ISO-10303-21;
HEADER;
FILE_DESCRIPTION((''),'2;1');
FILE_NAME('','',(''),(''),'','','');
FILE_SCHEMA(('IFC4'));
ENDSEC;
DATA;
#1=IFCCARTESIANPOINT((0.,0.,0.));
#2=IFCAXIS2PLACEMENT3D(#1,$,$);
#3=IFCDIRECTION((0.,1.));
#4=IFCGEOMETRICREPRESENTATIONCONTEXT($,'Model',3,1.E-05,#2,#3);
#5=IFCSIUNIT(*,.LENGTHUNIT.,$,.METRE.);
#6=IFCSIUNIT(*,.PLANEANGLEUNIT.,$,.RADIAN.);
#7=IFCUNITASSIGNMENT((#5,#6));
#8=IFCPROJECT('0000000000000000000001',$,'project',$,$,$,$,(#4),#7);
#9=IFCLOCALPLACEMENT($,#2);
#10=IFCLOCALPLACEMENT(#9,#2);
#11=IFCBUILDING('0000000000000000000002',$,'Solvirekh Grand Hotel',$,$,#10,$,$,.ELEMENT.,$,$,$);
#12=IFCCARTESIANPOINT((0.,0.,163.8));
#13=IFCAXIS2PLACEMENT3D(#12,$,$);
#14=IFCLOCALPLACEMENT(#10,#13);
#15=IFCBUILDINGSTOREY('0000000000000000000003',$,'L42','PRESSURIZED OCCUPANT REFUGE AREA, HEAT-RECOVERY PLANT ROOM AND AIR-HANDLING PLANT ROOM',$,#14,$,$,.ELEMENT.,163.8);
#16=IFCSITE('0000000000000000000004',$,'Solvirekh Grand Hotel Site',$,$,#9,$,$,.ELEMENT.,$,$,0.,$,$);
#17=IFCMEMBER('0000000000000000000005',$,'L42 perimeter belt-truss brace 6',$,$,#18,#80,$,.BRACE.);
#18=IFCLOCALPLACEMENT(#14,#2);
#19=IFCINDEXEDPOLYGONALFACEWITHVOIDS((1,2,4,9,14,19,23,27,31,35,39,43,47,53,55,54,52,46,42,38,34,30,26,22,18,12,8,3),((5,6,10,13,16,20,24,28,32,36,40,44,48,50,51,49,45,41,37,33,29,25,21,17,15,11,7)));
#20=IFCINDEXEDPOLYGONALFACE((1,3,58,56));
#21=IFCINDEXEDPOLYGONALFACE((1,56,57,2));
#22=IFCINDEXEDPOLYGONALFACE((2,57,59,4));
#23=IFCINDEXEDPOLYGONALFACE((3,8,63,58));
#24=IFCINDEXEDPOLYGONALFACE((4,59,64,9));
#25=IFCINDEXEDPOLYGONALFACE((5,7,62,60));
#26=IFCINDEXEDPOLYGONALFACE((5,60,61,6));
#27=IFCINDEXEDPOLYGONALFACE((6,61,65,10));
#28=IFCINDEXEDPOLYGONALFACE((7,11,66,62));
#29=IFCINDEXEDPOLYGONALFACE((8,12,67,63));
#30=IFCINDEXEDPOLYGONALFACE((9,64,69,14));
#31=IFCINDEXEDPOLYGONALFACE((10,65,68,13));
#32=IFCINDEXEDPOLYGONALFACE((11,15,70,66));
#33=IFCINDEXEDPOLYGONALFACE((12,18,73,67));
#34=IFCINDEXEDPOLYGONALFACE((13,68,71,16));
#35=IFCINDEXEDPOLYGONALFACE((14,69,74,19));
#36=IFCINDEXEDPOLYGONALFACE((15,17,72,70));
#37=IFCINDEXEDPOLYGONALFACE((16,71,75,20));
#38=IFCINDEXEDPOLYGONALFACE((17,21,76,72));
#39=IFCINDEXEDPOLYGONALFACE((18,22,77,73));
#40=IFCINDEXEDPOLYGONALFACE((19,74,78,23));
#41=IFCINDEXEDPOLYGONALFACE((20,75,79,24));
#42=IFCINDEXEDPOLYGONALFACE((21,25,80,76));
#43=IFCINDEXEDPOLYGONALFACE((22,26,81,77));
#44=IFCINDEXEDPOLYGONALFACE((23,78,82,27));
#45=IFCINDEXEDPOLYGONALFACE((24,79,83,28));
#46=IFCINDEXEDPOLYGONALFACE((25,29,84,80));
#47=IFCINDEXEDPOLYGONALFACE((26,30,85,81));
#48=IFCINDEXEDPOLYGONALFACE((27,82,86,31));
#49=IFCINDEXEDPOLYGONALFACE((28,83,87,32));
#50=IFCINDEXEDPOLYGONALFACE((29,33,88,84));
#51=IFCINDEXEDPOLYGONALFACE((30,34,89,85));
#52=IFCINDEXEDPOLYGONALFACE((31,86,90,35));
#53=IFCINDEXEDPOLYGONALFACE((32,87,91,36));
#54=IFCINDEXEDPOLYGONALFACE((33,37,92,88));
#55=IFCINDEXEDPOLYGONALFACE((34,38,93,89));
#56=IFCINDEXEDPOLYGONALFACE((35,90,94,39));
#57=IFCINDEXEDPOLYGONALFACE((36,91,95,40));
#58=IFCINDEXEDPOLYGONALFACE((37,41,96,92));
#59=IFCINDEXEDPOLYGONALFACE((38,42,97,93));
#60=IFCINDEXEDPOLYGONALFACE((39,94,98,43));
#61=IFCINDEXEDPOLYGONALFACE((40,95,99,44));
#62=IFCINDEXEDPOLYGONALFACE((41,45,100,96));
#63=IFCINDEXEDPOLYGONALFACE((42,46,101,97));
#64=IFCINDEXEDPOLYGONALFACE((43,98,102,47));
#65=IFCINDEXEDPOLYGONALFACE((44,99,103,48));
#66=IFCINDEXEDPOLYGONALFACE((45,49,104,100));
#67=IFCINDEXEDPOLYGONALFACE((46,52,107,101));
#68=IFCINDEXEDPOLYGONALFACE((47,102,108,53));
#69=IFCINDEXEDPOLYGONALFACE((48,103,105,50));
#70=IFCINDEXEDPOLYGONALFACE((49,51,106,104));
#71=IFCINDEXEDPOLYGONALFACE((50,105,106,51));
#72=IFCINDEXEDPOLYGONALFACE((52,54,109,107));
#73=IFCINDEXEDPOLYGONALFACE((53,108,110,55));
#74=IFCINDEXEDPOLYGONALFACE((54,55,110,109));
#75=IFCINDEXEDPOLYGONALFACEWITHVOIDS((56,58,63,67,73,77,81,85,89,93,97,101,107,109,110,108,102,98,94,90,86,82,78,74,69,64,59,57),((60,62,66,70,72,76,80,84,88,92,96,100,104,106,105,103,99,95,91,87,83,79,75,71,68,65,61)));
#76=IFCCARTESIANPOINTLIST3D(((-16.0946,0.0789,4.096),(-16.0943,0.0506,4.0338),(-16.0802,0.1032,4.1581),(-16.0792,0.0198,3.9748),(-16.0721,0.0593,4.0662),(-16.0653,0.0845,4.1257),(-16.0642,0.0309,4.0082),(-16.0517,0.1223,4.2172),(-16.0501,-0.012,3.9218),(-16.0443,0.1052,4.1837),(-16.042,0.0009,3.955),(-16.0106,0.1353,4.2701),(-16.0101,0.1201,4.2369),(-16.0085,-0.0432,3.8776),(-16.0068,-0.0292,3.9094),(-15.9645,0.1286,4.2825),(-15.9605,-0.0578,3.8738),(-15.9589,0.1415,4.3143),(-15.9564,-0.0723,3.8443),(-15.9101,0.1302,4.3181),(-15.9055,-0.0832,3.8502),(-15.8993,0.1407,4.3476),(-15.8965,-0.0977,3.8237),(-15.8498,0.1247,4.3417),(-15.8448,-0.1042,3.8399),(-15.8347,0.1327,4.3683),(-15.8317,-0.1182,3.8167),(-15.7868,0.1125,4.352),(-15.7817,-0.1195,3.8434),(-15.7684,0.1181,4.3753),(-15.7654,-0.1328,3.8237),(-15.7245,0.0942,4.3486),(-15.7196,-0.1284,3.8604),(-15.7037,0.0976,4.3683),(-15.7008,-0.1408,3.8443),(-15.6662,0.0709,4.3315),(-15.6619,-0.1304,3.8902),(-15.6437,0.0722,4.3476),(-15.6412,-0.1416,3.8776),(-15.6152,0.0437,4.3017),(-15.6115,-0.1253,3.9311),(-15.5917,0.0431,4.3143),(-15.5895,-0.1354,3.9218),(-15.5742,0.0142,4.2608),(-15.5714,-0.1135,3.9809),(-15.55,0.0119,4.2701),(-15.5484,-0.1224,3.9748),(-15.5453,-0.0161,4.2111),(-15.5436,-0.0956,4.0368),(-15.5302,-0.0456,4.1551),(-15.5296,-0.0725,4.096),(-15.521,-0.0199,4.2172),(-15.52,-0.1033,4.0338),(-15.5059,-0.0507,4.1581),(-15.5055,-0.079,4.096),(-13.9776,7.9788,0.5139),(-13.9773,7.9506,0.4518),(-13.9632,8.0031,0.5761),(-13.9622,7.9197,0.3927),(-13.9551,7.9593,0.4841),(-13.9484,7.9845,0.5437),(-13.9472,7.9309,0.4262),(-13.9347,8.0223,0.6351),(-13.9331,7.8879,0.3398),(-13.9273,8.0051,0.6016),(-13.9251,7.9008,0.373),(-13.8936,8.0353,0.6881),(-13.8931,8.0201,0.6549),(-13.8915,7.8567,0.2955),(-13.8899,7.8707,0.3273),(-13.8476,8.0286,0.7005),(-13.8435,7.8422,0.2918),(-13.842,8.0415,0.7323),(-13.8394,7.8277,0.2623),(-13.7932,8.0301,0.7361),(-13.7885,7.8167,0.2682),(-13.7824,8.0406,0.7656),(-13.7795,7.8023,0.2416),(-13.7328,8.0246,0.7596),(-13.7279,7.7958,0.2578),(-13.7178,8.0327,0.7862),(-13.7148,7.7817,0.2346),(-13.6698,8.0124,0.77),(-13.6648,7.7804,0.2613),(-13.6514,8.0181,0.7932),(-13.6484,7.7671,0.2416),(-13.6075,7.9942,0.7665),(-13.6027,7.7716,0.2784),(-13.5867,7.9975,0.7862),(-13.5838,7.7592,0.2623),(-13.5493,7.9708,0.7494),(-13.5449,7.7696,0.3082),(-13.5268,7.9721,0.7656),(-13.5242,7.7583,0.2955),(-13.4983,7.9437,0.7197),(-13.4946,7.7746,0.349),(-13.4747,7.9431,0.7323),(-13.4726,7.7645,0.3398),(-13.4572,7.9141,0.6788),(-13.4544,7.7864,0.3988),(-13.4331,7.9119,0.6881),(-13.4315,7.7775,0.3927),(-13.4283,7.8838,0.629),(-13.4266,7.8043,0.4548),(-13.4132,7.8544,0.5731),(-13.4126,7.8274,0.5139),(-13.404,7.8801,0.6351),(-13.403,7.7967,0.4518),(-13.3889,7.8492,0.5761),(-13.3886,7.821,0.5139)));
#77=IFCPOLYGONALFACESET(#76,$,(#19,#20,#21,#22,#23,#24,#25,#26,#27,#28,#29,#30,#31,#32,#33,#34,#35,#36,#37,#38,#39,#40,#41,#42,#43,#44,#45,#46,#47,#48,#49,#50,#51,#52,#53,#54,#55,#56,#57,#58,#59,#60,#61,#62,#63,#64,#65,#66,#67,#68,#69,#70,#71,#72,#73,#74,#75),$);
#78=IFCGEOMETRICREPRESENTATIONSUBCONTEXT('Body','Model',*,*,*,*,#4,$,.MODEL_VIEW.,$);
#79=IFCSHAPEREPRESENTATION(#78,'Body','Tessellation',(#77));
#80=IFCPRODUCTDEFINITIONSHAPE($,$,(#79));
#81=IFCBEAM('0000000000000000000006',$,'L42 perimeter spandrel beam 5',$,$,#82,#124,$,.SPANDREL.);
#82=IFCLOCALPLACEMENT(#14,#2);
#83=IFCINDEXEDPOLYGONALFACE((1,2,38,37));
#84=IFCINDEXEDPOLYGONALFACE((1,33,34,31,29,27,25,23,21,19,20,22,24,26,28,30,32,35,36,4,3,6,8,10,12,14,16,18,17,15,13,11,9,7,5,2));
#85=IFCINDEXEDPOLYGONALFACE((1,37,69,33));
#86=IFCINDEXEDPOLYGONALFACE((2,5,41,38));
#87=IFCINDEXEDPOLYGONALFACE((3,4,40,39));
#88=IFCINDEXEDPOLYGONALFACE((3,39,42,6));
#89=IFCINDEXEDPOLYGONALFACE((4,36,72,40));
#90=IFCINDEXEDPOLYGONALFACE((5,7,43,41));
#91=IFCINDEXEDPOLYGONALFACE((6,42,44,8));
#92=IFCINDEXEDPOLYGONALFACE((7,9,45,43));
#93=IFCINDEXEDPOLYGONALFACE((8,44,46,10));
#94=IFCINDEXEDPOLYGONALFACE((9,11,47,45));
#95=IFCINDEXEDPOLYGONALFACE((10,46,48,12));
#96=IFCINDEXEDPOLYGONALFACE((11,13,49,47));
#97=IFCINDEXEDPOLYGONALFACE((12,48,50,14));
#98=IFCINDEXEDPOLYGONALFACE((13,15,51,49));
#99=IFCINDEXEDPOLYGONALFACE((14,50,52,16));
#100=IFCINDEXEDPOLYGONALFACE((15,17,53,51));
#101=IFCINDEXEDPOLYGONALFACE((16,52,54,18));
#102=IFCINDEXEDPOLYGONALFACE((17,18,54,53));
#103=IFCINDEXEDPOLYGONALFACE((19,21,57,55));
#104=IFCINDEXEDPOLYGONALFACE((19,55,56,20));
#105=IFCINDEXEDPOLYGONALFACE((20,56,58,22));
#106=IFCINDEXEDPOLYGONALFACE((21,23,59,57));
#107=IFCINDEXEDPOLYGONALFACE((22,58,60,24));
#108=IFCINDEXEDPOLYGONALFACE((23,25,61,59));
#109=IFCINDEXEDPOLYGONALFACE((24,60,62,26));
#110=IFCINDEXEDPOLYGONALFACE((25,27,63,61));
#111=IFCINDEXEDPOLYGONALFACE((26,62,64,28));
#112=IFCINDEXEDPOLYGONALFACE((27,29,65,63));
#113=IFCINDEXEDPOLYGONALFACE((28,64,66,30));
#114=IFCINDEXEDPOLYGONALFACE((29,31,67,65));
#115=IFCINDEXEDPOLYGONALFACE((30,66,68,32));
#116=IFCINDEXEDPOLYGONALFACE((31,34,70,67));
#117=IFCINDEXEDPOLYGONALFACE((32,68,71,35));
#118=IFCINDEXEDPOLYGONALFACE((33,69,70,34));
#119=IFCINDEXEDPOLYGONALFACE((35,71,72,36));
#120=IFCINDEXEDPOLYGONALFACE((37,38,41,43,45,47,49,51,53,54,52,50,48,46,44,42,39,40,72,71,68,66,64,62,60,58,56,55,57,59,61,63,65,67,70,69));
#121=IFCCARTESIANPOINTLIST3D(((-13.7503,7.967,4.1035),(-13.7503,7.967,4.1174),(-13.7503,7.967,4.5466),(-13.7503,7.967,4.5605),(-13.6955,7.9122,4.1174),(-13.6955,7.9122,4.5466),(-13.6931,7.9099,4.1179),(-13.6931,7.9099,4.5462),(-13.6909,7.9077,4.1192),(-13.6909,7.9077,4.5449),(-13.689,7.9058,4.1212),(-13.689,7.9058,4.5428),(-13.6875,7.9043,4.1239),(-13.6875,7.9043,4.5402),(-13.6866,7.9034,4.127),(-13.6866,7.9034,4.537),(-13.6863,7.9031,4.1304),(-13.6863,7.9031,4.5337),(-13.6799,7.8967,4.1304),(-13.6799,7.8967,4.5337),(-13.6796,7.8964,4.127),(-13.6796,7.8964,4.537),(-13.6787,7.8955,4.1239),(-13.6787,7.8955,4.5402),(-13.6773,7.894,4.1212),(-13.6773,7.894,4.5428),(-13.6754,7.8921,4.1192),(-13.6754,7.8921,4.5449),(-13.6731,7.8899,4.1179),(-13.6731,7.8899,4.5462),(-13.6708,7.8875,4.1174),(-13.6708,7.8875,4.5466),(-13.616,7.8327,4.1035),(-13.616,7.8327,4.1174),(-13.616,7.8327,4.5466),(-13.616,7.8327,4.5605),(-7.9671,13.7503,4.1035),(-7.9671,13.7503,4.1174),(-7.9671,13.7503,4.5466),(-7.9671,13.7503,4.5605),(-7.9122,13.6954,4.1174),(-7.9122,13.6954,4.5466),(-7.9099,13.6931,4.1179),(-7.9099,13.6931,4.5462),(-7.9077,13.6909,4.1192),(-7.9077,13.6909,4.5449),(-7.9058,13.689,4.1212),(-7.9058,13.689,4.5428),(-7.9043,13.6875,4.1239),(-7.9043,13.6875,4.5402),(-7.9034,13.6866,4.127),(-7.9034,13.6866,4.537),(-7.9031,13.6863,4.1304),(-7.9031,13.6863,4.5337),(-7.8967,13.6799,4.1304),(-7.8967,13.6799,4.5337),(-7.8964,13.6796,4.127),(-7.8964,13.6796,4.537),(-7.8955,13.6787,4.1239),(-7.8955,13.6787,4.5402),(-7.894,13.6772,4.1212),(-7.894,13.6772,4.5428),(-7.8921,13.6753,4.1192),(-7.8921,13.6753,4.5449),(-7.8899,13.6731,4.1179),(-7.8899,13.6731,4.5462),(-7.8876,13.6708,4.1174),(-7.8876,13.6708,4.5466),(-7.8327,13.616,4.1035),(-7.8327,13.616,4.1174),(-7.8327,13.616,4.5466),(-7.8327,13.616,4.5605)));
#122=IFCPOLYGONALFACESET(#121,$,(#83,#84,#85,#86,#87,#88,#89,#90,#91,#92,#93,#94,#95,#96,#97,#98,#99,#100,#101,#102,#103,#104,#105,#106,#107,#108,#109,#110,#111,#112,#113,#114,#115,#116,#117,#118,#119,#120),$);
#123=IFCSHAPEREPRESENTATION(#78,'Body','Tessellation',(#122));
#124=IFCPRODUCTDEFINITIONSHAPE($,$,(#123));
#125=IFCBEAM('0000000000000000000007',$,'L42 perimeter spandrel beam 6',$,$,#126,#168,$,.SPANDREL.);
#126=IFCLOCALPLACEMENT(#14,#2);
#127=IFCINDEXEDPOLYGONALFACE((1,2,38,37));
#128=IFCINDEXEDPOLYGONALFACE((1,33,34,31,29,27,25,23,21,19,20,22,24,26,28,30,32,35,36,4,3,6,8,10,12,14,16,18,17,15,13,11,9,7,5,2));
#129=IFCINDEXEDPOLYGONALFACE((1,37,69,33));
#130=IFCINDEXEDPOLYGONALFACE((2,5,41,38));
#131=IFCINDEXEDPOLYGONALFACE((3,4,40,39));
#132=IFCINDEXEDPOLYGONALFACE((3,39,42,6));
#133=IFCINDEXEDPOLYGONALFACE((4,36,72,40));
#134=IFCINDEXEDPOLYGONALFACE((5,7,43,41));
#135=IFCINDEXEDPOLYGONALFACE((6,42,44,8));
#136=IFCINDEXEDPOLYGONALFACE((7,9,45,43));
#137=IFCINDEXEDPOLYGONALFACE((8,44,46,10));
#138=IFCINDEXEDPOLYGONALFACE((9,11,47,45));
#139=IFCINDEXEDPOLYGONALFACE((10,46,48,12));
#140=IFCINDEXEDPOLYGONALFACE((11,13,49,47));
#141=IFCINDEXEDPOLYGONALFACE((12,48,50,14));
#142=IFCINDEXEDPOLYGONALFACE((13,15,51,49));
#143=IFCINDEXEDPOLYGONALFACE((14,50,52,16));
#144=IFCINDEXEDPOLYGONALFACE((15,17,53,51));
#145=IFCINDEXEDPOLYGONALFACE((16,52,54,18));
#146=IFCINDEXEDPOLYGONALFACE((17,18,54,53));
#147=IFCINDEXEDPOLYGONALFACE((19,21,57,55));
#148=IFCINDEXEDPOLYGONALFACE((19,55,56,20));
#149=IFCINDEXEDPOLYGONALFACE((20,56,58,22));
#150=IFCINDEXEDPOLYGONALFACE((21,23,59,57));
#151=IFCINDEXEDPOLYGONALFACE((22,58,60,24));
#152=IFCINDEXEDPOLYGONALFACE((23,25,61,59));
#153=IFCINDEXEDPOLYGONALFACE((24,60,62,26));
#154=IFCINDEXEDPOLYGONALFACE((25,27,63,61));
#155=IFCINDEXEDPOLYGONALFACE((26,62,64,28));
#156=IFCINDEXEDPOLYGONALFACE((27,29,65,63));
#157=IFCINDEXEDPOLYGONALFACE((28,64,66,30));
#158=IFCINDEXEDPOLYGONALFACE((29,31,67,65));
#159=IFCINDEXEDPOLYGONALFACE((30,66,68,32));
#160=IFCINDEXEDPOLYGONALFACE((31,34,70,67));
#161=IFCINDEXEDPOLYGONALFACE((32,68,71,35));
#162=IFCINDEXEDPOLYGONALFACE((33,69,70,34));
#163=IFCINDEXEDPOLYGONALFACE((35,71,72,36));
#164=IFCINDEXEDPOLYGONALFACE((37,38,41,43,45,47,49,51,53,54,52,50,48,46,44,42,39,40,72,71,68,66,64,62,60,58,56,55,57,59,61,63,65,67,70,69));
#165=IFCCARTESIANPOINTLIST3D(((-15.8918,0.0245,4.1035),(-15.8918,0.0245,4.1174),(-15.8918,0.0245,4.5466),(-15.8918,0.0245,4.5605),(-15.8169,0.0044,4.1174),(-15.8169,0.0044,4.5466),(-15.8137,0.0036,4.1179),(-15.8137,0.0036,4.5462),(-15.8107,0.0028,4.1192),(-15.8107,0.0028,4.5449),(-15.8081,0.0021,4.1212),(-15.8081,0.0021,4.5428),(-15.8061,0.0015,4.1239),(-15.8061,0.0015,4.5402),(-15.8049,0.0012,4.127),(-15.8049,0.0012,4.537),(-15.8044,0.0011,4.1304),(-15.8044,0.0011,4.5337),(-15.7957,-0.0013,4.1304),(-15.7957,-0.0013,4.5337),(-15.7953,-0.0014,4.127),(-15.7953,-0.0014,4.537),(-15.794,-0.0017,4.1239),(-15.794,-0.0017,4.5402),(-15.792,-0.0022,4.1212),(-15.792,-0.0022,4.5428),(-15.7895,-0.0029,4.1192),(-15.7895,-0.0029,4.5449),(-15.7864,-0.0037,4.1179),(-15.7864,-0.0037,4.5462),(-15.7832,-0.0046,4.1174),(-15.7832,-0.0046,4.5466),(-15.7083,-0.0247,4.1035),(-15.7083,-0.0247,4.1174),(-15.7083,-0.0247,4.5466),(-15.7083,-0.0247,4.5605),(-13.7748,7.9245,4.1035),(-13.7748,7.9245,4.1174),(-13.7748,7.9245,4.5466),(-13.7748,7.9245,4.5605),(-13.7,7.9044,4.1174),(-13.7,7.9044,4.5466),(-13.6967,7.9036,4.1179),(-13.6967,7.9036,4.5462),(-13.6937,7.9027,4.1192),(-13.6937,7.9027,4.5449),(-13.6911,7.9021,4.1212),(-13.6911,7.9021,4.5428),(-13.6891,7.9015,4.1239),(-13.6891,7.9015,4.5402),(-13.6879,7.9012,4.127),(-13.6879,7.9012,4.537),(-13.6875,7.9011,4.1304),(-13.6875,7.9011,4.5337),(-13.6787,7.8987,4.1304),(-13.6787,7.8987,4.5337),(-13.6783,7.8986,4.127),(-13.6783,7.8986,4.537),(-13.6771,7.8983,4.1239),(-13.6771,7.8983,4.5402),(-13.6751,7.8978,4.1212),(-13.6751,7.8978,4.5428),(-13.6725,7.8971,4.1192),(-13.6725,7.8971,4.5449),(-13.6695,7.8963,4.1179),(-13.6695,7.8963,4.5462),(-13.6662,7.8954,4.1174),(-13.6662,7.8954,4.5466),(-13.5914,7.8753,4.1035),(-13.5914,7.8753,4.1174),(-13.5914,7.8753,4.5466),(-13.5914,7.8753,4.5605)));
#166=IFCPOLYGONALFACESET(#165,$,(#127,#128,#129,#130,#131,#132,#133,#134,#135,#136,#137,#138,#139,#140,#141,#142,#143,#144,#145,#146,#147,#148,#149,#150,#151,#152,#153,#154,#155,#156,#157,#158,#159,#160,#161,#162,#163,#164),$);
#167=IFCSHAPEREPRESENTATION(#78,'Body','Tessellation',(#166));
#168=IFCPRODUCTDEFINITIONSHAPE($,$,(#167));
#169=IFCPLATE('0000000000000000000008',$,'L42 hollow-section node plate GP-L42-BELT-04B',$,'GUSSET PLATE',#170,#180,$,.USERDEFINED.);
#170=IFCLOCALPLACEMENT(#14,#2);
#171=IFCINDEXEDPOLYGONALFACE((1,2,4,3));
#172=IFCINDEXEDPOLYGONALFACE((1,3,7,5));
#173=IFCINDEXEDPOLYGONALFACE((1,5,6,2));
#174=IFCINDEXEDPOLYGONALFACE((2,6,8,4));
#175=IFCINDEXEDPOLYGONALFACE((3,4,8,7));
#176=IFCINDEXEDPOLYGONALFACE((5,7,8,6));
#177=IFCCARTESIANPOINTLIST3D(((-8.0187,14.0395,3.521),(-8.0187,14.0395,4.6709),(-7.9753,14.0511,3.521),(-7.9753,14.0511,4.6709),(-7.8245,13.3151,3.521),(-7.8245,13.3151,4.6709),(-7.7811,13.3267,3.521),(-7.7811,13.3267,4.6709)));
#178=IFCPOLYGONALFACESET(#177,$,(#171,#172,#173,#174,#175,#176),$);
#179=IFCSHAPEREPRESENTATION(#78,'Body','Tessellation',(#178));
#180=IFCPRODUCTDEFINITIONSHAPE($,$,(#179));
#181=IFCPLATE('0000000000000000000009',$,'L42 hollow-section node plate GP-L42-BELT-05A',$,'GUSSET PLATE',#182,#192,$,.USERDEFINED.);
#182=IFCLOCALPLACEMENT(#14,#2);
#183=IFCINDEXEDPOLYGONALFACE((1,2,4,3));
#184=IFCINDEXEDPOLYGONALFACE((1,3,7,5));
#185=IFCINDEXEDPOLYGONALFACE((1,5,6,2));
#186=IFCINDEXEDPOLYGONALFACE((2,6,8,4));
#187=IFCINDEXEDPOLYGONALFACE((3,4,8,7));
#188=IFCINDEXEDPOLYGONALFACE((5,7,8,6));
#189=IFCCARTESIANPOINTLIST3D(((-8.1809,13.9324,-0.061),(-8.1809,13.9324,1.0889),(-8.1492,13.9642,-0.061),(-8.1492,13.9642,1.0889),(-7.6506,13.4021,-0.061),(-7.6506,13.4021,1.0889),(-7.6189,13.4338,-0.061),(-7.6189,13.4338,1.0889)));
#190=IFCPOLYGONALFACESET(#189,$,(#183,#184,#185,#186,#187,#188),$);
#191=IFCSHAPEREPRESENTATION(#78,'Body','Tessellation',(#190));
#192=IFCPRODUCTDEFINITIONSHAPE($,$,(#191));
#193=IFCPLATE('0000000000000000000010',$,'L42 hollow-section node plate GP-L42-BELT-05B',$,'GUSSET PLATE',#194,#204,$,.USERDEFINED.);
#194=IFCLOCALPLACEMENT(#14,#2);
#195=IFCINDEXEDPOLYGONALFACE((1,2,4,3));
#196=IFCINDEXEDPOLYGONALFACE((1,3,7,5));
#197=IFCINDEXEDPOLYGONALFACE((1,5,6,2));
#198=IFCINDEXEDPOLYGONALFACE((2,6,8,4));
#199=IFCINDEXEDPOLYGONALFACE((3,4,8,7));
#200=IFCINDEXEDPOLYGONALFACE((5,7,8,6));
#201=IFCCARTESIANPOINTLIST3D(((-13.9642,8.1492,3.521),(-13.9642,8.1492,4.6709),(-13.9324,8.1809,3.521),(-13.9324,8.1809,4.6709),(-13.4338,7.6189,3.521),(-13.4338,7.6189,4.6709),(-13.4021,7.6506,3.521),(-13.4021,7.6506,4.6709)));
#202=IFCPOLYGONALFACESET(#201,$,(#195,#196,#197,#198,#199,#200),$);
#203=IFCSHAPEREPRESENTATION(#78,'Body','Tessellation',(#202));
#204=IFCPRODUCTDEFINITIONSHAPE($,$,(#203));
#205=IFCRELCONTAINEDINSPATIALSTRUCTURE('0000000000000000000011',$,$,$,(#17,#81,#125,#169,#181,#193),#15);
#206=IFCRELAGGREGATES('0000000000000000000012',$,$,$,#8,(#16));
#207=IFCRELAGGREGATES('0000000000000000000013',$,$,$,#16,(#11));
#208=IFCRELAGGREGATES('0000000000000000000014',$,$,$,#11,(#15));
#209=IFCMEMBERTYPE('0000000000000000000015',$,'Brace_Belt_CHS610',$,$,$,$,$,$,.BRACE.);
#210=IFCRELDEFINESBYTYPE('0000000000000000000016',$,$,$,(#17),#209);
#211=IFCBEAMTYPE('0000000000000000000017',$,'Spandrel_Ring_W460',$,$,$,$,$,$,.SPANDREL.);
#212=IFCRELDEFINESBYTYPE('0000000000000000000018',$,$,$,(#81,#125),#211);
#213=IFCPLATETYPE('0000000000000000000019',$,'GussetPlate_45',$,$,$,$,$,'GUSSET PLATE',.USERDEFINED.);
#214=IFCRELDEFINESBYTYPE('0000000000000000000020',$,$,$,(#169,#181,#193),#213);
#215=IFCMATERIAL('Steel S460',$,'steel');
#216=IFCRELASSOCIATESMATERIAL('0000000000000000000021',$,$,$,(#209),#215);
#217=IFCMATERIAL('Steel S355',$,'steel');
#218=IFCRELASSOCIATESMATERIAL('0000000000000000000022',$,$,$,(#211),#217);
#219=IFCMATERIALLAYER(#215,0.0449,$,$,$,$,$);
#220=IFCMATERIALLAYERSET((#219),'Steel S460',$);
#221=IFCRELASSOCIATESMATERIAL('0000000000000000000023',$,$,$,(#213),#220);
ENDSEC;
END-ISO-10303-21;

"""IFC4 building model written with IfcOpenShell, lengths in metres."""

from ifc_helpers import new_model, si_unit, direction, frame, origin, origin_2d, place, context, subcontext, project, spatial, rectangle, hollow_circle, i_section, extrude, material, layer, layer_set, material_profile, profile_set, type_object, element, save


model = new_model("IFC4")

# Units and contexts
model_context = context("Model", 3, precision=1e-05, world=origin(), true_north=direction((0.0, 1.0)))
body_context = subcontext(model_context, "Body", "Model", "MODEL_VIEW")
ifc_project = project(units=[si_unit("LENGTHUNIT", "METRE"), si_unit("PLANEANGLEUNIT", "RADIAN")], contexts=[model_context])

# Site, building, storey
site_placement = place(None, origin())
site = spatial("IfcSite", under=ifc_project, at=site_placement, Name="Solvirekh Grand Hotel Site", CompositionType="ELEMENT", RefElevation=0.0)
building_placement = place(site_placement, origin())
building = spatial("IfcBuilding", under=site, at=building_placement, Name="Solvirekh Grand Hotel", CompositionType="ELEMENT")
storey_placement = place(building_placement, frame((0.0, 0.0, 163.8)))
storey = spatial("IfcBuildingStorey", under=building, at=storey_placement, Name="L42", Description="PRESSURIZED OCCUPANT REFUGE AREA, HEAT-RECOVERY PLANT ROOM AND AIR-HANDLING PLANT ROOM", CompositionType="ELEMENT", Elevation=163.8)

# Member
ifc_material_1 = material(Name="Steel S460", Category="steel")
ifc_material_profile_1 = material_profile(ifc_material_1, hollow_circle(Radius=0.3049, WallThickness=0.0249, at=origin_2d()), Name="CHS 610X25")
ifc_profile_set_1 = profile_set([ifc_material_profile_1], Name="Steel S460")
member_type = type_object("IfcMemberType", Name="Brace_Belt_CHS610", PredefinedType="BRACE", material=ifc_profile_set_1)
for number, where, z_axis, x_axis, name in (
    (1, (-13.6831, 7.8999, 0.5139), (-0.237095, -0.884781, 0.401184), (0.965921, -0.258839, 0.0), "L42 perimeter belt-truss brace 6"),
):
    element("IfcMember", number, at=place(storey_placement, frame(where, z_axis=z_axis, x_axis=x_axis)), inside=storey, type_object=member_type, Name=name, PredefinedType="BRACE", context=body_context, shape_type="SweptSolid", body=[
        extrude(hollow_circle(Radius=0.3049, WallThickness=0.0249, at=origin_2d()), origin(), (0.0, 0.0, 1.0), 8.9287),
    ])

# Beams
ifc_material_2 = material(Name="Steel S355", Category="steel")
ifc_material_profile_2 = material_profile(ifc_material_2, i_section(OverallWidth=0.1899, OverallDepth=0.457, WebThickness=0.009, FlangeThickness=0.0139, FilletRadius=0.0129, at=origin_2d()), Name="W460X74")
ifc_profile_set_2 = profile_set([ifc_material_profile_2], Name="Steel S355")
beam_type = type_object("IfcBeamType", Name="Spandrel_Ring_W460", PredefinedType="SPANDREL", material=ifc_profile_set_2)
for number, where, z_axis, x_axis, name in (
    (2, (-7.8999, 13.6831, 4.332), (-0.707107, -0.707107, 0.0), (0.707107, -0.707107, 0.0), "L42 perimeter spandrel beam 5"),
    (3, (-13.6831, 7.8999, 4.332), (-0.258839, -0.965921, 0.0), (0.965921, -0.258839, 0.0), "L42 perimeter spandrel beam 6"),
):
    element("IfcBeam", number, at=place(storey_placement, frame(where, z_axis=z_axis, x_axis=x_axis)), inside=storey, type_object=beam_type, Name=name, PredefinedType="SPANDREL", context=body_context, shape_type="SweptSolid", body=[
        extrude(i_section(OverallWidth=0.1899, OverallDepth=0.457, WebThickness=0.009, FlangeThickness=0.0139, FilletRadius=0.0129, at=origin_2d()), origin(), (0.0, 0.0, 1.0), 8.1787),
    ])

# Plates
ifc_layer_1 = layer(ifc_material_1, 0.0449)
ifc_layer_set_1 = layer_set([ifc_layer_1], Name="Steel S460")
plate_type = type_object("IfcPlateType", Name="GussetPlate_45", ElementType="GUSSET PLATE", PredefinedType="USERDEFINED", material=ifc_layer_set_1)
for number, where, z_axis, x_axis, name in (
    (4, (-7.8999, 13.6831, 3.521), (0.0, 0.0, 1.0), (-0.965926, -0.258819, 0.0), "L42 hollow-section node plate GP-L42-BELT-04B"),
    (5, (-7.8999, 13.6831, -0.061), (0.0, 0.0, 1.0), (-0.707107, -0.707107, 0.0), "L42 hollow-section node plate GP-L42-BELT-05A"),
    (6, (-13.6831, 7.8999, 3.521), (0.0, 0.0, 1.0), (-0.707107, -0.707107, 0.0), "L42 hollow-section node plate GP-L42-BELT-05B"),
):
    element("IfcPlate", number, at=place(storey_placement, frame(where, z_axis=z_axis, x_axis=x_axis)), inside=storey, type_object=plate_type, Name=name, ObjectType="GUSSET PLATE", PredefinedType="USERDEFINED", context=body_context, shape_type="SweptSolid", body=[
        extrude(rectangle(XDim=0.0449, YDim=0.75, at=origin_2d()), origin(), (0.0, 0.0, 1.0), 1.1499),
    ])

save(model, "model.ifc")
